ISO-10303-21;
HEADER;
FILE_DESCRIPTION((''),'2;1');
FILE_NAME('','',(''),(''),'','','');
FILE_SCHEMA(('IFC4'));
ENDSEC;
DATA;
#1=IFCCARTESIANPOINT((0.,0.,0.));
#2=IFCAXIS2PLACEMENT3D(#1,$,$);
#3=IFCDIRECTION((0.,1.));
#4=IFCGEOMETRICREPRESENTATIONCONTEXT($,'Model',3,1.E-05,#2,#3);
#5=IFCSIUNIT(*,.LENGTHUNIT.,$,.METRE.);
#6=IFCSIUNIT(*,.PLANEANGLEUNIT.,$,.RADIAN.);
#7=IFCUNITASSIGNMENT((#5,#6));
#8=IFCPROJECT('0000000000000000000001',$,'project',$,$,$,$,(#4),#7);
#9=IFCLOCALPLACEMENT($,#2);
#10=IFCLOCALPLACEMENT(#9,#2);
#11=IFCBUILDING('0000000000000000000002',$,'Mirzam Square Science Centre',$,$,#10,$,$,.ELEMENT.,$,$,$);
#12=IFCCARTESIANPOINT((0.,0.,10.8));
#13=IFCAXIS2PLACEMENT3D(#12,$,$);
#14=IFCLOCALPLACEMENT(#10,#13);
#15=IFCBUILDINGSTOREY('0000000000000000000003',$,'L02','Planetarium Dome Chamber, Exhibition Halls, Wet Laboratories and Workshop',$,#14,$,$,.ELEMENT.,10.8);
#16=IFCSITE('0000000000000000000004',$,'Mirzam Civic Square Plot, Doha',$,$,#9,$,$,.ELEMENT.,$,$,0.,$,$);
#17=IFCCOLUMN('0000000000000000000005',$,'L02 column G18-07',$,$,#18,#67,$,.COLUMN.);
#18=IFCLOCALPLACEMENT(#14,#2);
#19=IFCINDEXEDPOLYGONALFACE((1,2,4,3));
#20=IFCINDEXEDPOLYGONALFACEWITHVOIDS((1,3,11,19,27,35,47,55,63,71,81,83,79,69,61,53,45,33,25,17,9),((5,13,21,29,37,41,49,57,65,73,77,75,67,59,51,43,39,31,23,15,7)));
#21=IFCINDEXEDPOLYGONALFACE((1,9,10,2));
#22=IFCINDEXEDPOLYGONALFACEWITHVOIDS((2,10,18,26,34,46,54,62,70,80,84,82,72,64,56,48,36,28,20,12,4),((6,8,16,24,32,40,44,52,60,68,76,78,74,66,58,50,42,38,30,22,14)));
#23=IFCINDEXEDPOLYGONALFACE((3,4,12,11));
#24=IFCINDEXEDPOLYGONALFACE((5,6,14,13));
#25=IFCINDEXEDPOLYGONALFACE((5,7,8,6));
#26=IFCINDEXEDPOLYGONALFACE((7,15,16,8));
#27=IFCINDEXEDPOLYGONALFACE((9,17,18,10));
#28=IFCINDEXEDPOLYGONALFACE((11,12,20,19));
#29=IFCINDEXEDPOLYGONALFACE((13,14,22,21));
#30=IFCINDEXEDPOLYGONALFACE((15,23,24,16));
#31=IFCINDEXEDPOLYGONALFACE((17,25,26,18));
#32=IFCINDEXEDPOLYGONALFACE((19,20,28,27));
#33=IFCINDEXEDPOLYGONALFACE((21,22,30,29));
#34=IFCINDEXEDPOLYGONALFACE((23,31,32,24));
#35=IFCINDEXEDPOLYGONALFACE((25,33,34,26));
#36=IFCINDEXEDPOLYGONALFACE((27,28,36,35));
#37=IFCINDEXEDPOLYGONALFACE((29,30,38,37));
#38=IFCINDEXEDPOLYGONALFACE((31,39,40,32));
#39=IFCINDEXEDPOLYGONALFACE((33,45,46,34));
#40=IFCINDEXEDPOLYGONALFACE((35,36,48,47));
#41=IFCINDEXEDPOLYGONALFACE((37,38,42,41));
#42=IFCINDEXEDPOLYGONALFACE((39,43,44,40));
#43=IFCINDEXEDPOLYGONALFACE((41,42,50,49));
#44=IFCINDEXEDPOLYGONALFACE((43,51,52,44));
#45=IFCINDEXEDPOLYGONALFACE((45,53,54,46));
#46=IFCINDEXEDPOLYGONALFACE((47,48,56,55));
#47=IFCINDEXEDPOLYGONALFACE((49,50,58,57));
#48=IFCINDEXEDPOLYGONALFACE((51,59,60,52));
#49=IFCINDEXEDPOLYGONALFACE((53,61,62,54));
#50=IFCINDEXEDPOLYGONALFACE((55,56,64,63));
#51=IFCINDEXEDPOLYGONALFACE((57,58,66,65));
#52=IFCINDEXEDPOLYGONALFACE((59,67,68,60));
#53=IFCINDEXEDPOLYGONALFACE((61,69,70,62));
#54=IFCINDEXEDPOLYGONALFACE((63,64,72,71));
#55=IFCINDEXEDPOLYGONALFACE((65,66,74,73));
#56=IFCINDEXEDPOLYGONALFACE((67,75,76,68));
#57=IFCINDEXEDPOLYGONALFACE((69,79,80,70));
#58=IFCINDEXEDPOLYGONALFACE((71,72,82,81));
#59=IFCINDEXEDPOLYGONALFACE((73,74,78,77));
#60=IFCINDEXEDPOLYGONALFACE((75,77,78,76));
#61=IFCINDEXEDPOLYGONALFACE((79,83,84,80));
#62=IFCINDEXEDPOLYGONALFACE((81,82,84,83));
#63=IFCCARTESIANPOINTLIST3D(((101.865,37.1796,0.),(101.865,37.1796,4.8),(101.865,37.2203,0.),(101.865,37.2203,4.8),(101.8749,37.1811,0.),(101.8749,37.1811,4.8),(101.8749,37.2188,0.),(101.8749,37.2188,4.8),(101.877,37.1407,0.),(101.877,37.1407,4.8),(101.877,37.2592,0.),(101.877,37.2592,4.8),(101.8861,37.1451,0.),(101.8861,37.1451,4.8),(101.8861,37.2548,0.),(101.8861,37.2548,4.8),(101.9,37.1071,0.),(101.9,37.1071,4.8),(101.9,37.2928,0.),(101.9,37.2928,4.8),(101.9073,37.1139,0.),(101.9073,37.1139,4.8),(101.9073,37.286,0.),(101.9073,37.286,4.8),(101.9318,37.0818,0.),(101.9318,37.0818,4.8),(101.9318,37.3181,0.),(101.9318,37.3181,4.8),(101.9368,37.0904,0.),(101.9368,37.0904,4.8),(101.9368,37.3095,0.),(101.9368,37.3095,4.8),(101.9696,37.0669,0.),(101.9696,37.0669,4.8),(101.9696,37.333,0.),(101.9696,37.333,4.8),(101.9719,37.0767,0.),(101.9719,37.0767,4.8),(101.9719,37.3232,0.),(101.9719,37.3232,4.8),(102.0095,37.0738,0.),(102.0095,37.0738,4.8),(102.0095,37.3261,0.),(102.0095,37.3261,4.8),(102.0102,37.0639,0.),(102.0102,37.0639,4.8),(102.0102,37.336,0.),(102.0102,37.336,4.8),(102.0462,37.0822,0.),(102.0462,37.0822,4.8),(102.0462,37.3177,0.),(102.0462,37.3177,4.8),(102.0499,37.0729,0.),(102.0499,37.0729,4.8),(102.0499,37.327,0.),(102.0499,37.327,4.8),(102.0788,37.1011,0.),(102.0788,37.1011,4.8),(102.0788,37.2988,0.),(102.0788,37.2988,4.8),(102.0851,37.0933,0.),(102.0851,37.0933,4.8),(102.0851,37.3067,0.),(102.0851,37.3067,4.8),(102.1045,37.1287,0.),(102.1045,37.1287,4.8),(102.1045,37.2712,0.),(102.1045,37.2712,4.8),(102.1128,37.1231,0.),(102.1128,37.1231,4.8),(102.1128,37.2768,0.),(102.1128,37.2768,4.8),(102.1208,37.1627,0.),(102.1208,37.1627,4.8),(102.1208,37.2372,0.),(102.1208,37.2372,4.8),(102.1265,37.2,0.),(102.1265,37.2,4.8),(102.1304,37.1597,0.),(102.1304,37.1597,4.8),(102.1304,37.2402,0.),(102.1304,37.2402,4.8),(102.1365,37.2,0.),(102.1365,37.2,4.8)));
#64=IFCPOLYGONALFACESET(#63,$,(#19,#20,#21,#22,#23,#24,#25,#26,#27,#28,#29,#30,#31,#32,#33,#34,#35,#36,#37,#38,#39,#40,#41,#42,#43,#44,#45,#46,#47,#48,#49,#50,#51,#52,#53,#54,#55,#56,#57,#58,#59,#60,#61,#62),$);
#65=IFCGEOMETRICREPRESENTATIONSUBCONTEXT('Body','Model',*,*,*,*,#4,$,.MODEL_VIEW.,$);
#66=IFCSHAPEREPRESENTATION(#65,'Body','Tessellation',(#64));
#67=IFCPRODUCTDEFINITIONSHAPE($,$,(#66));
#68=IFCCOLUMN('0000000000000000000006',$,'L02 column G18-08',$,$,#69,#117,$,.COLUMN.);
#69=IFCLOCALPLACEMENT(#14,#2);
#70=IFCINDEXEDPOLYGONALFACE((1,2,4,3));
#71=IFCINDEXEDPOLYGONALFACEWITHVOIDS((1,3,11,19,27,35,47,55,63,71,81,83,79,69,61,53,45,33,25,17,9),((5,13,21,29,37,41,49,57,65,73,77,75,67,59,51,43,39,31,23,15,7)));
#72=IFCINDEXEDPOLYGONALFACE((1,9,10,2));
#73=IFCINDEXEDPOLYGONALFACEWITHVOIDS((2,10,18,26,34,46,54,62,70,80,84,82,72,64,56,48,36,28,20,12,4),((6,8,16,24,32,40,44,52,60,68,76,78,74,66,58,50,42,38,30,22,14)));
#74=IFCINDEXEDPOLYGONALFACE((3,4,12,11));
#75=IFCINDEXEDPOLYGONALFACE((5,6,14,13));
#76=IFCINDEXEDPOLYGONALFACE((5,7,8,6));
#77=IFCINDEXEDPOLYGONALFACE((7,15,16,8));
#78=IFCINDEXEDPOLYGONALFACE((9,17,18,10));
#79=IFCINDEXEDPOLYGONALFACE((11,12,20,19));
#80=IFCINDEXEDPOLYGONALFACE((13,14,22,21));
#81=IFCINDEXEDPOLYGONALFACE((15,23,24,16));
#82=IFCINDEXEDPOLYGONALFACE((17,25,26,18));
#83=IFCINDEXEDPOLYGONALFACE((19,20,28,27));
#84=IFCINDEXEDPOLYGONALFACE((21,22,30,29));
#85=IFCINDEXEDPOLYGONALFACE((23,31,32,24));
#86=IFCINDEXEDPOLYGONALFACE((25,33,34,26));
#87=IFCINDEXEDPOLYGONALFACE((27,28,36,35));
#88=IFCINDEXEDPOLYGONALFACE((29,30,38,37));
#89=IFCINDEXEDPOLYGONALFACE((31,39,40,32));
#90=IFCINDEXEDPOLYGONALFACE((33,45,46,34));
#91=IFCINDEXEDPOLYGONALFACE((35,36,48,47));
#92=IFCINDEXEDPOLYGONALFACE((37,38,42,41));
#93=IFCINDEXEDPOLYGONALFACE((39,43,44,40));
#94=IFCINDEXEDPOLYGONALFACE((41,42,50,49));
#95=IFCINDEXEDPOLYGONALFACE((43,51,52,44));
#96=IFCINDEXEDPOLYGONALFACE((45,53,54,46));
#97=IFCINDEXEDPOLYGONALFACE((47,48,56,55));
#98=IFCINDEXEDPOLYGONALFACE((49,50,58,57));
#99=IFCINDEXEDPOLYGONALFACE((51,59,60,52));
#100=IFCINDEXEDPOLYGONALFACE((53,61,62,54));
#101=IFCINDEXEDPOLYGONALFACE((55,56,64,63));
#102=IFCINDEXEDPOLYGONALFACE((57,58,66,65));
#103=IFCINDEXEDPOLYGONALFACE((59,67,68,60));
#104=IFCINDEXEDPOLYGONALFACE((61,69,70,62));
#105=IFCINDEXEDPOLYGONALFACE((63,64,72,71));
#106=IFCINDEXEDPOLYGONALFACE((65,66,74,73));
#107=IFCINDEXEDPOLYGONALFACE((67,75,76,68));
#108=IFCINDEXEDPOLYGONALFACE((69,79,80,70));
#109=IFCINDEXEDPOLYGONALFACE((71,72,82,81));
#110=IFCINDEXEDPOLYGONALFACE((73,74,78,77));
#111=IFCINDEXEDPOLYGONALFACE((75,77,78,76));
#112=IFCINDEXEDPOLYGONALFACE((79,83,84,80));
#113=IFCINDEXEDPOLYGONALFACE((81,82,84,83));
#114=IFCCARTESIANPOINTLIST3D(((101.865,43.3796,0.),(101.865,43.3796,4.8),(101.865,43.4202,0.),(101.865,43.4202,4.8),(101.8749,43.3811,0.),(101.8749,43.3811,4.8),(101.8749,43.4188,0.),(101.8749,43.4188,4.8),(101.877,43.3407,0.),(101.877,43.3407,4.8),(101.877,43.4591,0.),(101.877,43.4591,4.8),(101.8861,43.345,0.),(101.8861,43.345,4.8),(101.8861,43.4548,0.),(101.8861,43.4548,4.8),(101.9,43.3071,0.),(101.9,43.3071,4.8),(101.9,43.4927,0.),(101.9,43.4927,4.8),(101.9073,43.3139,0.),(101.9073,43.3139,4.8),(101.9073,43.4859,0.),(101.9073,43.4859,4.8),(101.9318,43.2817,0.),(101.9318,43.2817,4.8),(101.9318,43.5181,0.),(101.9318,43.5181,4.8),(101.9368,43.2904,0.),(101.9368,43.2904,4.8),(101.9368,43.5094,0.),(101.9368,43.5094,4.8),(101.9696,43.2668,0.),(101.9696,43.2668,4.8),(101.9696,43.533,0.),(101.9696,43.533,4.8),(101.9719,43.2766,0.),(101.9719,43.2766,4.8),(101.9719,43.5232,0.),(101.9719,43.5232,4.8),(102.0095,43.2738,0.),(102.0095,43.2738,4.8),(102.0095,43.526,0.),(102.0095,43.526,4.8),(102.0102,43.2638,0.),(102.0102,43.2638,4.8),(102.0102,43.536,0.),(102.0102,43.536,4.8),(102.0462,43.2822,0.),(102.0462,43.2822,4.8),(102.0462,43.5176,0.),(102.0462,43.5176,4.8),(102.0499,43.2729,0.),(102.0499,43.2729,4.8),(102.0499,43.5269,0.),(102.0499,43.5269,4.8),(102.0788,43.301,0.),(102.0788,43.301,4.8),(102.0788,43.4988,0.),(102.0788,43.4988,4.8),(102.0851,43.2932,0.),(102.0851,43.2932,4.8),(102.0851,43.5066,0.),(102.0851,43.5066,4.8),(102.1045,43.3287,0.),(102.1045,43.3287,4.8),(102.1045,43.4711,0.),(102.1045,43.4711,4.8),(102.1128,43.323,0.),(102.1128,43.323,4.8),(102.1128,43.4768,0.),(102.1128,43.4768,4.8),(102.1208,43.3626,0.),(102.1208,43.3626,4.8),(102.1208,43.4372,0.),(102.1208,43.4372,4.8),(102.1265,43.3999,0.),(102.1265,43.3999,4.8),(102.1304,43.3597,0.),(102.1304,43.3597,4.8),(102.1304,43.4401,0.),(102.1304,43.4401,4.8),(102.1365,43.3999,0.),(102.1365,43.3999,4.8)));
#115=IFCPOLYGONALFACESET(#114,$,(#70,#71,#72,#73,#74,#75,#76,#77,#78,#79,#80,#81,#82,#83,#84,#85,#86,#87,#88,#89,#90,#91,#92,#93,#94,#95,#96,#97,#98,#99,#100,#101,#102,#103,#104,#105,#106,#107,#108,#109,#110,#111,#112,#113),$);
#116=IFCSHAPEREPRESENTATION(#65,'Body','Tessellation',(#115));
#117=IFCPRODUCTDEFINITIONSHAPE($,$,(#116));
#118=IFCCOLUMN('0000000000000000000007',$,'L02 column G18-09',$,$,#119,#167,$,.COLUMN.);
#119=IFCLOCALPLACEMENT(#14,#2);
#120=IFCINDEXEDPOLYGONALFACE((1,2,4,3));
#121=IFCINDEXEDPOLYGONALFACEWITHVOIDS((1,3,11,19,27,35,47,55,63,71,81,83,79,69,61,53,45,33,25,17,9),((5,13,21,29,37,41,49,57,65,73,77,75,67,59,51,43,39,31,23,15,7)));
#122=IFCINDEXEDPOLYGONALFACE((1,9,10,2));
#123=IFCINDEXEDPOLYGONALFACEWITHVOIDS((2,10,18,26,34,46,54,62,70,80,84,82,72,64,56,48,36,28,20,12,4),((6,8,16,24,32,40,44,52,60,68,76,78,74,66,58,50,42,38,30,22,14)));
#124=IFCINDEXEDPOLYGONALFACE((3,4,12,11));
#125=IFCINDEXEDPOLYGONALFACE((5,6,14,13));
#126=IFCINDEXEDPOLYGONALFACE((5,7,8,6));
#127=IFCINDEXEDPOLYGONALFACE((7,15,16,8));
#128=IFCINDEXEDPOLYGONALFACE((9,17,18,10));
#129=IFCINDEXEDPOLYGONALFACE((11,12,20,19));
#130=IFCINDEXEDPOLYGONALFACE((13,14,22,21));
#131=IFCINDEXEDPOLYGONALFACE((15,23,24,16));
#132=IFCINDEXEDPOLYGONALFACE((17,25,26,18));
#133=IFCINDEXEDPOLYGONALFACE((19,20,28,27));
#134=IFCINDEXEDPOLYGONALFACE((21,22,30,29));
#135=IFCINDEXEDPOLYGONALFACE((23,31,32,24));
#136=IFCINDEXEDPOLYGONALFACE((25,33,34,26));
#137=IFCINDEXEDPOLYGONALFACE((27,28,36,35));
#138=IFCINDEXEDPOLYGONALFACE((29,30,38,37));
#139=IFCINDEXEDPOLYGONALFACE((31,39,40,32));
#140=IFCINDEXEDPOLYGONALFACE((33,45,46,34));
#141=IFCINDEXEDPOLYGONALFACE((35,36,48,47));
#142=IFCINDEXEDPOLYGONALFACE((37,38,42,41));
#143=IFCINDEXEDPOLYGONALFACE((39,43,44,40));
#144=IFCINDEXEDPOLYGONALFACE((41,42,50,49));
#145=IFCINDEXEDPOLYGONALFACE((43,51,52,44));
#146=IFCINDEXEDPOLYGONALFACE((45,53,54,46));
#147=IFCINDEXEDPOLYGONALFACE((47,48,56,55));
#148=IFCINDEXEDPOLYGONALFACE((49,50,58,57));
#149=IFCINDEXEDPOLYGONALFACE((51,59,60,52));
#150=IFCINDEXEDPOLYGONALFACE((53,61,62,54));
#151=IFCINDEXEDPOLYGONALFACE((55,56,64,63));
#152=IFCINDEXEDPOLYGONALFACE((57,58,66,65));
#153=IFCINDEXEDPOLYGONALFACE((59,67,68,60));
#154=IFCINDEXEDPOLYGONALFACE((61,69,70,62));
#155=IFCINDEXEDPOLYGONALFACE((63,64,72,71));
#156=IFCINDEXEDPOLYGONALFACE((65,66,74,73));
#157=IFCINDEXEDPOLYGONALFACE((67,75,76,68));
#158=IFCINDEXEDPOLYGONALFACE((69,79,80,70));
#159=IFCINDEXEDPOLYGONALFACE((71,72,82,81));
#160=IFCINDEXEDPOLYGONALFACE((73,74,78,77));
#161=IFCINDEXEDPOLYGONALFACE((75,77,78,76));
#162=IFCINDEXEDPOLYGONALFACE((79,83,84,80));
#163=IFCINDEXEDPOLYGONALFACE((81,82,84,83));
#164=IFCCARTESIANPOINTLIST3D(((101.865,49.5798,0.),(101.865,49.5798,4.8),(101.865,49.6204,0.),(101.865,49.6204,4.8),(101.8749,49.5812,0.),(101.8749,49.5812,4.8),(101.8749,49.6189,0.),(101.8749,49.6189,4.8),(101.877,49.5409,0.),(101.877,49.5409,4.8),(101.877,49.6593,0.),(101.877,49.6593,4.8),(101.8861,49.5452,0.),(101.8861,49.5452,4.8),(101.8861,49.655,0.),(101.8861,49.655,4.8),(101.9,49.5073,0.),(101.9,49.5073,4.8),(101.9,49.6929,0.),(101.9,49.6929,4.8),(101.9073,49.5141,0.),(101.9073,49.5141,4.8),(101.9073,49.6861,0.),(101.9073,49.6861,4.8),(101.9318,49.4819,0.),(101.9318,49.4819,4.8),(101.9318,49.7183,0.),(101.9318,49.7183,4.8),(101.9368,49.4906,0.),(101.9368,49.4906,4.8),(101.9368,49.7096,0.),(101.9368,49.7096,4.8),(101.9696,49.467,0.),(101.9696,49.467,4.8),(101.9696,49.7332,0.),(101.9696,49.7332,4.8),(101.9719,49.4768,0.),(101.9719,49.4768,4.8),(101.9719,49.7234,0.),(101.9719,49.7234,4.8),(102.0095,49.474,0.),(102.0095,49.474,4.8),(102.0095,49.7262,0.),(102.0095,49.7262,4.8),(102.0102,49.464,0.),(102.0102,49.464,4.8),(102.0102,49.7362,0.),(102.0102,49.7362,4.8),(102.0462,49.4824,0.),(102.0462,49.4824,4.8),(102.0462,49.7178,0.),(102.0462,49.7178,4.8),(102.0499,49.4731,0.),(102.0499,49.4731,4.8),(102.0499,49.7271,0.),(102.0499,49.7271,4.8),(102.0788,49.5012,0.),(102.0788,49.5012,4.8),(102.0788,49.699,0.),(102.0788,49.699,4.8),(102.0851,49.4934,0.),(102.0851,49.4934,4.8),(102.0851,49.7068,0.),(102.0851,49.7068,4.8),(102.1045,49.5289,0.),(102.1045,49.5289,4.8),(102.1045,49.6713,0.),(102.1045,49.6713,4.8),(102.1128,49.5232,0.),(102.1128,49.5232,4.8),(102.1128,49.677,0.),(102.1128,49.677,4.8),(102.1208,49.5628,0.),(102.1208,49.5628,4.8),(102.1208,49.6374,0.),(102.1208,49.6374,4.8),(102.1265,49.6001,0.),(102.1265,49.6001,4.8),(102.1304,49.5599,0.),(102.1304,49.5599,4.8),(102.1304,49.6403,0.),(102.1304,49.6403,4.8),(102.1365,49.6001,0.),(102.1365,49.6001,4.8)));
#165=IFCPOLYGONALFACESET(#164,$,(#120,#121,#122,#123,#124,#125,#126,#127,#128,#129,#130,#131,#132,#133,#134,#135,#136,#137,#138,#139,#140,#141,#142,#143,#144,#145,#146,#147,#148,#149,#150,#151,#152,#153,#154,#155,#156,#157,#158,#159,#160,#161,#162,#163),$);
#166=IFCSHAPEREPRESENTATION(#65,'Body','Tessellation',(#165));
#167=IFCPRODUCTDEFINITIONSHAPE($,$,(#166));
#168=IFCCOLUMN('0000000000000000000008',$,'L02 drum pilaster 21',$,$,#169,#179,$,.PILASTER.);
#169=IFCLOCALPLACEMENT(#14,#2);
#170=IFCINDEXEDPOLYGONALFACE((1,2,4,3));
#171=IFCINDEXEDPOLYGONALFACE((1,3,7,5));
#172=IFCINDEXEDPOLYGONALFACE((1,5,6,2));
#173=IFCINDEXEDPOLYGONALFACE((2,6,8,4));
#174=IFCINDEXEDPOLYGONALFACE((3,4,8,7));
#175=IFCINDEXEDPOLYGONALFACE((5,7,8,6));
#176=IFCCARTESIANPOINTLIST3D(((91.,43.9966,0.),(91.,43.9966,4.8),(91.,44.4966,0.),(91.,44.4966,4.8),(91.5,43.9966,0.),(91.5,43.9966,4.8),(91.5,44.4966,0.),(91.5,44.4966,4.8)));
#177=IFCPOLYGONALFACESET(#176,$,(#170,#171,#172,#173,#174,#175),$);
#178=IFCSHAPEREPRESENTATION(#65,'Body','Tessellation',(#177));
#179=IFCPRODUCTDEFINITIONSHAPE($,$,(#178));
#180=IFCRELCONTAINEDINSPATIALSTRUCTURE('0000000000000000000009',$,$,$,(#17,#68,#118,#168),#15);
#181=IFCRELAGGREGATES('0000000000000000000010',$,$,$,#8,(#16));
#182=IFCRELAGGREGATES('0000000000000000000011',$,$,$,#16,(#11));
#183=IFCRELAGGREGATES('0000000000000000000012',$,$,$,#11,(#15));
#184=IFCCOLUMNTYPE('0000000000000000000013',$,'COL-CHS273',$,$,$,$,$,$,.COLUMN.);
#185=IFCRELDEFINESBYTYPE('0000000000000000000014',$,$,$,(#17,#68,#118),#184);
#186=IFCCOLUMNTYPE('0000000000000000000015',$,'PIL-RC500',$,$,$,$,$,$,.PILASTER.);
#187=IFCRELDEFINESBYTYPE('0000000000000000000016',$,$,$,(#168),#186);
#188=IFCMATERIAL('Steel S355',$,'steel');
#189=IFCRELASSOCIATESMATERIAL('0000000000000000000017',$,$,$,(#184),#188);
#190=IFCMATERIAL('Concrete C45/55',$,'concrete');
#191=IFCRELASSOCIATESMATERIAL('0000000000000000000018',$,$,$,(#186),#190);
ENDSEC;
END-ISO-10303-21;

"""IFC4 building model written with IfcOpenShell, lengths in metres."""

from ifc_helpers import new_model, si_unit, direction, frame, origin, origin_2d, place, context, subcontext, project, spatial, rectangle, hollow_circle, extrude, material, material_profile, profile_set, type_object, element, save


model = new_model("IFC4")

# Units and contexts
model_context = context("Model", 3, precision=1e-05, world=origin(), true_north=direction((0.0, 1.0)))
body_context = subcontext(model_context, "Body", "Model", "MODEL_VIEW")
ifc_project = project(units=[si_unit("LENGTHUNIT", "METRE"), si_unit("PLANEANGLEUNIT", "RADIAN")], contexts=[model_context])

# Site, building, storey
site_placement = place(None, origin())
site = spatial("IfcSite", under=ifc_project, at=site_placement, Name="Mirzam Civic Square Plot, Doha", CompositionType="ELEMENT", RefElevation=0.0)
building_placement = place(site_placement, origin())
building = spatial("IfcBuilding", under=site, at=building_placement, Name="Mirzam Square Science Centre", CompositionType="ELEMENT")
storey_placement = place(building_placement, frame((0.0, 0.0, 10.8)))
storey = spatial("IfcBuildingStorey", under=building, at=storey_placement, Name="L02", Description="Planetarium Dome Chamber, Exhibition Halls, Wet Laboratories and Workshop", CompositionType="ELEMENT", Elevation=10.8)

# Columns
ifc_material_1 = material(Name="Steel S355", Category="steel")
ifc_material_profile_1 = material_profile(ifc_material_1, hollow_circle(Radius=0.1365, WallThickness=0.01, at=origin_2d()), Name="273.0x10.0CHS")
ifc_profile_set_1 = profile_set([ifc_material_profile_1], Name="Steel S355")
column_type_1 = type_object("IfcColumnType", Name="COL-CHS273", PredefinedType="COLUMN", material=ifc_profile_set_1)
for number, where, z_axis, x_axis, name in (
    (1, (102.0, 37.2, 0.0), (0.0, 0.0, 1.0), (1.0, 0.0, 0.0), "L02 column G18-07"),
    (2, (102.0, 43.3999, 0.0), (0.0, 0.0, 1.0), (1.0, 0.0, 0.0), "L02 column G18-08"),
    (3, (102.0, 49.6001, 0.0), (0.0, 0.0, 1.0), (1.0, 0.0, 0.0), "L02 column G18-09"),
):
    element("IfcColumn", number, at=place(storey_placement, frame(where, z_axis=z_axis, x_axis=x_axis)), inside=storey, type_object=column_type_1, Name=name, PredefinedType="COLUMN", context=body_context, shape_type="SweptSolid", body=[
        extrude(hollow_circle(Radius=0.1365, WallThickness=0.01, at=origin_2d()), origin(), (0.0, 0.0, 1.0), 4.8),
    ])
ifc_material_2 = material(Name="Concrete C45/55", Category="concrete")
ifc_material_profile_2 = material_profile(ifc_material_2, rectangle(XDim=0.5, YDim=0.5, at=origin_2d()), Name="RC500x500")
ifc_profile_set_2 = profile_set([ifc_material_profile_2], Name="Concrete C45/55")
column_type_2 = type_object("IfcColumnType", Name="PIL-RC500", PredefinedType="PILASTER", material=ifc_profile_set_2)
column_1_placement = place(storey_placement, frame((91.25, 44.2466, 0.0), z_axis=(0.0, 0.0, 1.0), x_axis=(1.0, 0.0, 0.0)))
element("IfcColumn", 4, at=column_1_placement, inside=storey, type_object=column_type_2, Name="L02 drum pilaster 21", PredefinedType="PILASTER", context=body_context, shape_type="SweptSolid", body=[
    extrude(rectangle(XDim=0.5, YDim=0.5, at=origin_2d()), origin(), (0.0, 0.0, 1.0), 4.8),
])

save(model, "model.ifc")
